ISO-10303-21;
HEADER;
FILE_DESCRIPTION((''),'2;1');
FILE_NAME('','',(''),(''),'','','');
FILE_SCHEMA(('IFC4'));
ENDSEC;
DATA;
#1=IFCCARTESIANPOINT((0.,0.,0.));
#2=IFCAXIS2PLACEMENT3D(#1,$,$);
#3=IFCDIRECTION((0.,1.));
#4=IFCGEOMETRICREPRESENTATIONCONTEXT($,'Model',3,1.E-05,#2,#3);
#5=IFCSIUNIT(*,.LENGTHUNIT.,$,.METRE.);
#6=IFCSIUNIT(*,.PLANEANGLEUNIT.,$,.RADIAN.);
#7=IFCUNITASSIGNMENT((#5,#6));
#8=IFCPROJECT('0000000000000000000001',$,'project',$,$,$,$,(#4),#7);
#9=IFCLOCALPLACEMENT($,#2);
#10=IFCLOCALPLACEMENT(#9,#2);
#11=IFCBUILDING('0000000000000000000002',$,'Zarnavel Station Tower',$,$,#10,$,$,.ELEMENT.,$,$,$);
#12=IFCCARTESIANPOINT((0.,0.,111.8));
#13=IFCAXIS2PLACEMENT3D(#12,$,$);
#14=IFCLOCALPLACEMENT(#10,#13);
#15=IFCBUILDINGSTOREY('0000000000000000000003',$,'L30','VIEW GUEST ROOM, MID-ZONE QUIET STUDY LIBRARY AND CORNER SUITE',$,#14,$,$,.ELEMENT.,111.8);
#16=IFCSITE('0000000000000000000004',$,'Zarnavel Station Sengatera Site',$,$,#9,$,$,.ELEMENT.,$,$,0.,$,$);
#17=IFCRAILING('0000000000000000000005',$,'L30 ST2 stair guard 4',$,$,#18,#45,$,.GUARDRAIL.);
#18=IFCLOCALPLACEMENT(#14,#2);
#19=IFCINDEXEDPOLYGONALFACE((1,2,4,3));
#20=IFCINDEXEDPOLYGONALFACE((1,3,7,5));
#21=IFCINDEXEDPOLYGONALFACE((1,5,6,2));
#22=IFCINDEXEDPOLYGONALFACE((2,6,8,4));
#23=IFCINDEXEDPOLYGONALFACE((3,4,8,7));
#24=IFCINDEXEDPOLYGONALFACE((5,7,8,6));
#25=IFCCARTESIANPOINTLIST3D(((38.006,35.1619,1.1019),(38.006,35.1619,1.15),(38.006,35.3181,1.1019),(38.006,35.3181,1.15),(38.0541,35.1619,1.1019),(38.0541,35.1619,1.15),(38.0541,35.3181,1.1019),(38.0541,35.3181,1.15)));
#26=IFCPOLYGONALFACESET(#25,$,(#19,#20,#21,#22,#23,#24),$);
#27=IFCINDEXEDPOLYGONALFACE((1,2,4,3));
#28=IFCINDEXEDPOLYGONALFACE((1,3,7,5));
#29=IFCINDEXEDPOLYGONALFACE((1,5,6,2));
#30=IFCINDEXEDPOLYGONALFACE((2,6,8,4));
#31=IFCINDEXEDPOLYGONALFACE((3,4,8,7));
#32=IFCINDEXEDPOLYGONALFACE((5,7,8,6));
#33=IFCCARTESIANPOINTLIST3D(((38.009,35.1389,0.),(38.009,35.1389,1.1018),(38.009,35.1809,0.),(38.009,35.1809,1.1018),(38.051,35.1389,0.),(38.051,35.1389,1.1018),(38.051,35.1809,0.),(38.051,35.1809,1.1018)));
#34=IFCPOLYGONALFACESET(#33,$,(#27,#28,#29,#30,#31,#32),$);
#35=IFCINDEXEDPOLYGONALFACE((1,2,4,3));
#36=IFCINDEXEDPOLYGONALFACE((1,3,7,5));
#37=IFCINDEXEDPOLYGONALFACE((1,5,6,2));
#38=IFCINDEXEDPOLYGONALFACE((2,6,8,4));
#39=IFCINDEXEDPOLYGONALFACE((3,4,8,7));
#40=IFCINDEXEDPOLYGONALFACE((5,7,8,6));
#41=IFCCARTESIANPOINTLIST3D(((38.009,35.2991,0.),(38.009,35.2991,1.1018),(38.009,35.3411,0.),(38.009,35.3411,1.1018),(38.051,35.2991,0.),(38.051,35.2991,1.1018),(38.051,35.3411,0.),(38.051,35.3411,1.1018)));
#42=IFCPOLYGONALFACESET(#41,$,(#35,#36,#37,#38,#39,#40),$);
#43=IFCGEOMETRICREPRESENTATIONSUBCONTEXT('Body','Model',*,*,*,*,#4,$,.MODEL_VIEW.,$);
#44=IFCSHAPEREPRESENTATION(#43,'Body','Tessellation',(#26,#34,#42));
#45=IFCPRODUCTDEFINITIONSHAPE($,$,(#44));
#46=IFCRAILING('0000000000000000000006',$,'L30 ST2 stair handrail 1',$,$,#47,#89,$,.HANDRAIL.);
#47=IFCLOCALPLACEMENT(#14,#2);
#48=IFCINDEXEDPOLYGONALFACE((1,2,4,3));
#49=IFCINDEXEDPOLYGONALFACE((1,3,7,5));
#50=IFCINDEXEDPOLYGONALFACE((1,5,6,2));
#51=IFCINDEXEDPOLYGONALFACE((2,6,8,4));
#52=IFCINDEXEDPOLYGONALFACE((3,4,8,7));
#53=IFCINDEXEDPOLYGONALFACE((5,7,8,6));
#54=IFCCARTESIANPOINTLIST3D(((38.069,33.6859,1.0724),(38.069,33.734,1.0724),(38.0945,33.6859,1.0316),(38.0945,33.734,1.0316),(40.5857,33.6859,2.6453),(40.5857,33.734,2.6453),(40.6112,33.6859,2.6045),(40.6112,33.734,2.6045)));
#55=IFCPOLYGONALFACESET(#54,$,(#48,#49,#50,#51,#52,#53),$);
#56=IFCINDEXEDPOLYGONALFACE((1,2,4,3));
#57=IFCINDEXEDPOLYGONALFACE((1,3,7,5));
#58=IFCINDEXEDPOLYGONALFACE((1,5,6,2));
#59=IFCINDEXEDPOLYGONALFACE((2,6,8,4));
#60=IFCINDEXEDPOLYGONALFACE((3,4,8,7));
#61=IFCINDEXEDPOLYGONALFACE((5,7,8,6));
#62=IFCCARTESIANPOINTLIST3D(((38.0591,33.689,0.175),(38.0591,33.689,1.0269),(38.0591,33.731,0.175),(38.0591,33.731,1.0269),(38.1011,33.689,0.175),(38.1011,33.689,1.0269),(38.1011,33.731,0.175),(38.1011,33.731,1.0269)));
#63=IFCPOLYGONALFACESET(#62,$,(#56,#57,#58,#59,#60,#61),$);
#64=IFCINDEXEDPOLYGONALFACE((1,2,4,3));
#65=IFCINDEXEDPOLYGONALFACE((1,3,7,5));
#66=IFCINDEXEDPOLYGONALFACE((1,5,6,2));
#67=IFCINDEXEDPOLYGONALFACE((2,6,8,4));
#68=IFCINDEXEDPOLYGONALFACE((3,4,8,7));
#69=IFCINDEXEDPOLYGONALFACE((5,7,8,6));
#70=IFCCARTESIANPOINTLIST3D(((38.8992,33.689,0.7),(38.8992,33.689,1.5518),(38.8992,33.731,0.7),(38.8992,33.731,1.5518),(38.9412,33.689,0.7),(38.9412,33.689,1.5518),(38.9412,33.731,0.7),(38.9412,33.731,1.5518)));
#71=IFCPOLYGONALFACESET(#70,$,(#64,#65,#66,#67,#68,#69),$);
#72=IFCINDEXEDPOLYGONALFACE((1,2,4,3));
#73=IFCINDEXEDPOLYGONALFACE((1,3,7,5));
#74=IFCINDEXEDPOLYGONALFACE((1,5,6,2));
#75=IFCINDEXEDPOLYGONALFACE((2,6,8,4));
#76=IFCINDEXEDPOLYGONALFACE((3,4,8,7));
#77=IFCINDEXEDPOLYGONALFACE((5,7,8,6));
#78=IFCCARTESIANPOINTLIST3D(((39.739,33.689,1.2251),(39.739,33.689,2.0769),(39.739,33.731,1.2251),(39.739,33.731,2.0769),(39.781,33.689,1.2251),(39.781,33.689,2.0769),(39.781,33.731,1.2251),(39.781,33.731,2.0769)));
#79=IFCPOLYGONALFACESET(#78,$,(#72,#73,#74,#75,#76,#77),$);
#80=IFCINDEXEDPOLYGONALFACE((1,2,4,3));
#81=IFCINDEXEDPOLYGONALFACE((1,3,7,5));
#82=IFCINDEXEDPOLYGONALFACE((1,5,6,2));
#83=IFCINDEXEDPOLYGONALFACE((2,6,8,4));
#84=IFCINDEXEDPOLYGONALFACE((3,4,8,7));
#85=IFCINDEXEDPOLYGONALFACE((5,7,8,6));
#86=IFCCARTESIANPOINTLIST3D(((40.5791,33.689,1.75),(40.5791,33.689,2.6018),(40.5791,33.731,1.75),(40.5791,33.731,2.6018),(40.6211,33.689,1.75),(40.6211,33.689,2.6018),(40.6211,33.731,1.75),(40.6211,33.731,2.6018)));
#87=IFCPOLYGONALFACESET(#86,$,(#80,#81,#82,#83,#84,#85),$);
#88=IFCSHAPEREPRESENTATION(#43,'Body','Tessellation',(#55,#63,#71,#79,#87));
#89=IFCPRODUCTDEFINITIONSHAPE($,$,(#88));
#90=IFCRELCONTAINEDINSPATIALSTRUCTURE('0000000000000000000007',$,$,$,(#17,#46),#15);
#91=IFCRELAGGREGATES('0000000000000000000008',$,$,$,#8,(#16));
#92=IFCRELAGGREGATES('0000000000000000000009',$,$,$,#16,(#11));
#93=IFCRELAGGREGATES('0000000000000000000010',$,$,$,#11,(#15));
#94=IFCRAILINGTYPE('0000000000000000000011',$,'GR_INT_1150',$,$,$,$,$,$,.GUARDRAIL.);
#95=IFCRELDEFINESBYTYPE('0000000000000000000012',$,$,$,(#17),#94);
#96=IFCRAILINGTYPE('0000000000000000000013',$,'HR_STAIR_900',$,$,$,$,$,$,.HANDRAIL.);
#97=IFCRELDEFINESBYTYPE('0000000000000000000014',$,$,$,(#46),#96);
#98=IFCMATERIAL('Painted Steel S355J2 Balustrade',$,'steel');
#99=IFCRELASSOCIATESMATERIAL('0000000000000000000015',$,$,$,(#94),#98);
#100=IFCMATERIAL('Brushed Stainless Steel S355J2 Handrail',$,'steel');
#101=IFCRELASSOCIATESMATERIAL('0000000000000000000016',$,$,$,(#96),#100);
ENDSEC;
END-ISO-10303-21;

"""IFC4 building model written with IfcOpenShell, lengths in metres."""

from ifc_helpers import new_model, si_unit, direction, frame, origin, origin_2d, place, context, subcontext, project, spatial, rectangle, extrude, material, type_object, element, save


model = new_model("IFC4")

# Units and contexts
model_context = context("Model", 3, precision=1e-05, world=origin(), true_north=direction((0.0, 1.0)))
body_context = subcontext(model_context, "Body", "Model", "MODEL_VIEW")
ifc_project = project(units=[si_unit("LENGTHUNIT", "METRE"), si_unit("PLANEANGLEUNIT", "RADIAN")], contexts=[model_context])

# Site, building, storey
site_placement = place(None, origin())
site = spatial("IfcSite", under=ifc_project, at=site_placement, Name="Zarnavel Station Sengatera Site", CompositionType="ELEMENT", RefElevation=0.0)
building_placement = place(site_placement, origin())
building = spatial("IfcBuilding", under=site, at=building_placement, Name="Zarnavel Station Tower", CompositionType="ELEMENT")
storey_placement = place(building_placement, frame((0.0, 0.0, 111.8)))
storey = spatial("IfcBuildingStorey", under=building, at=storey_placement, Name="L30", Description="VIEW GUEST ROOM, MID-ZONE QUIET STUDY LIBRARY AND CORNER SUITE", CompositionType="ELEMENT", Elevation=111.8)

# Railings
ifc_material_1 = material(Name="Painted Steel S355J2 Balustrade", Category="steel")
railing_type_1 = type_object("IfcRailingType", Name="GR_INT_1150", PredefinedType="GUARDRAIL", material=ifc_material_1)
railing_1_placement = place(storey_placement, frame((38.03, 35.1599, 0.0)))
element("IfcRailing", 1, at=railing_1_placement, inside=storey, type_object=railing_type_1, Name="L30 ST2 stair guard 4", PredefinedType="GUARDRAIL", context=body_context, shape_type="SweptSolid", body=[
    extrude(rectangle(XDim=0.0481, YDim=0.0481, at=origin_2d()), frame((0.0, 0.002, 1.126), z_axis=(0.0, 1.0, 0.0), x_axis=(-1.0, 0.0, 0.0)), (0.0, 0.0, 1.0), 0.1562),
    extrude(rectangle(XDim=0.042, YDim=0.042, at=origin_2d()), origin(), (0.0, 0.0, 1.0), 1.1018),
    extrude(rectangle(XDim=0.042, YDim=0.042, at=origin_2d()), frame((0.0, 0.1602, 0.0)), (0.0, 0.0, 1.0), 1.1018),
])
ifc_material_2 = material(Name="Brushed Stainless Steel S355J2 Handrail", Category="steel")
railing_type_2 = type_object("IfcRailingType", Name="HR_STAIR_900", PredefinedType="HANDRAIL", material=ifc_material_2)
railing_2_placement = place(storey_placement, frame((38.0801, 33.71, 0.175)))
element("IfcRailing", 2, at=railing_2_placement, inside=storey, type_object=railing_type_2, Name="L30 ST2 stair handrail 1", PredefinedType="HANDRAIL", context=body_context, shape_type="SweptSolid", body=[
    extrude(rectangle(XDim=0.0481, YDim=0.0481, at=origin_2d()), frame((0.0017, 0.0, 0.877), z_axis=(0.848008, 0.0, 0.529984), x_axis=(0.0, 1.0, 0.0)), (0.0, 0.0, 1.0), 2.9678),
    extrude(rectangle(XDim=0.042, YDim=0.042, at=origin_2d()), origin(), (0.0, 0.0, 1.0), 0.8518),
    extrude(rectangle(XDim=0.042, YDim=0.042, at=origin_2d()), frame((0.8401, 0.0, 0.5249)), (0.0, 0.0, 1.0), 0.8518),
    extrude(rectangle(XDim=0.042, YDim=0.042, at=origin_2d()), frame((1.6799, 0.0, 1.05)), (0.0, 0.0, 1.0), 0.8518),
    extrude(rectangle(XDim=0.042, YDim=0.042, at=origin_2d()), frame((2.52, 0.0, 1.575)), (0.0, 0.0, 1.0), 0.8518),
])

save(model, "model.ifc")
